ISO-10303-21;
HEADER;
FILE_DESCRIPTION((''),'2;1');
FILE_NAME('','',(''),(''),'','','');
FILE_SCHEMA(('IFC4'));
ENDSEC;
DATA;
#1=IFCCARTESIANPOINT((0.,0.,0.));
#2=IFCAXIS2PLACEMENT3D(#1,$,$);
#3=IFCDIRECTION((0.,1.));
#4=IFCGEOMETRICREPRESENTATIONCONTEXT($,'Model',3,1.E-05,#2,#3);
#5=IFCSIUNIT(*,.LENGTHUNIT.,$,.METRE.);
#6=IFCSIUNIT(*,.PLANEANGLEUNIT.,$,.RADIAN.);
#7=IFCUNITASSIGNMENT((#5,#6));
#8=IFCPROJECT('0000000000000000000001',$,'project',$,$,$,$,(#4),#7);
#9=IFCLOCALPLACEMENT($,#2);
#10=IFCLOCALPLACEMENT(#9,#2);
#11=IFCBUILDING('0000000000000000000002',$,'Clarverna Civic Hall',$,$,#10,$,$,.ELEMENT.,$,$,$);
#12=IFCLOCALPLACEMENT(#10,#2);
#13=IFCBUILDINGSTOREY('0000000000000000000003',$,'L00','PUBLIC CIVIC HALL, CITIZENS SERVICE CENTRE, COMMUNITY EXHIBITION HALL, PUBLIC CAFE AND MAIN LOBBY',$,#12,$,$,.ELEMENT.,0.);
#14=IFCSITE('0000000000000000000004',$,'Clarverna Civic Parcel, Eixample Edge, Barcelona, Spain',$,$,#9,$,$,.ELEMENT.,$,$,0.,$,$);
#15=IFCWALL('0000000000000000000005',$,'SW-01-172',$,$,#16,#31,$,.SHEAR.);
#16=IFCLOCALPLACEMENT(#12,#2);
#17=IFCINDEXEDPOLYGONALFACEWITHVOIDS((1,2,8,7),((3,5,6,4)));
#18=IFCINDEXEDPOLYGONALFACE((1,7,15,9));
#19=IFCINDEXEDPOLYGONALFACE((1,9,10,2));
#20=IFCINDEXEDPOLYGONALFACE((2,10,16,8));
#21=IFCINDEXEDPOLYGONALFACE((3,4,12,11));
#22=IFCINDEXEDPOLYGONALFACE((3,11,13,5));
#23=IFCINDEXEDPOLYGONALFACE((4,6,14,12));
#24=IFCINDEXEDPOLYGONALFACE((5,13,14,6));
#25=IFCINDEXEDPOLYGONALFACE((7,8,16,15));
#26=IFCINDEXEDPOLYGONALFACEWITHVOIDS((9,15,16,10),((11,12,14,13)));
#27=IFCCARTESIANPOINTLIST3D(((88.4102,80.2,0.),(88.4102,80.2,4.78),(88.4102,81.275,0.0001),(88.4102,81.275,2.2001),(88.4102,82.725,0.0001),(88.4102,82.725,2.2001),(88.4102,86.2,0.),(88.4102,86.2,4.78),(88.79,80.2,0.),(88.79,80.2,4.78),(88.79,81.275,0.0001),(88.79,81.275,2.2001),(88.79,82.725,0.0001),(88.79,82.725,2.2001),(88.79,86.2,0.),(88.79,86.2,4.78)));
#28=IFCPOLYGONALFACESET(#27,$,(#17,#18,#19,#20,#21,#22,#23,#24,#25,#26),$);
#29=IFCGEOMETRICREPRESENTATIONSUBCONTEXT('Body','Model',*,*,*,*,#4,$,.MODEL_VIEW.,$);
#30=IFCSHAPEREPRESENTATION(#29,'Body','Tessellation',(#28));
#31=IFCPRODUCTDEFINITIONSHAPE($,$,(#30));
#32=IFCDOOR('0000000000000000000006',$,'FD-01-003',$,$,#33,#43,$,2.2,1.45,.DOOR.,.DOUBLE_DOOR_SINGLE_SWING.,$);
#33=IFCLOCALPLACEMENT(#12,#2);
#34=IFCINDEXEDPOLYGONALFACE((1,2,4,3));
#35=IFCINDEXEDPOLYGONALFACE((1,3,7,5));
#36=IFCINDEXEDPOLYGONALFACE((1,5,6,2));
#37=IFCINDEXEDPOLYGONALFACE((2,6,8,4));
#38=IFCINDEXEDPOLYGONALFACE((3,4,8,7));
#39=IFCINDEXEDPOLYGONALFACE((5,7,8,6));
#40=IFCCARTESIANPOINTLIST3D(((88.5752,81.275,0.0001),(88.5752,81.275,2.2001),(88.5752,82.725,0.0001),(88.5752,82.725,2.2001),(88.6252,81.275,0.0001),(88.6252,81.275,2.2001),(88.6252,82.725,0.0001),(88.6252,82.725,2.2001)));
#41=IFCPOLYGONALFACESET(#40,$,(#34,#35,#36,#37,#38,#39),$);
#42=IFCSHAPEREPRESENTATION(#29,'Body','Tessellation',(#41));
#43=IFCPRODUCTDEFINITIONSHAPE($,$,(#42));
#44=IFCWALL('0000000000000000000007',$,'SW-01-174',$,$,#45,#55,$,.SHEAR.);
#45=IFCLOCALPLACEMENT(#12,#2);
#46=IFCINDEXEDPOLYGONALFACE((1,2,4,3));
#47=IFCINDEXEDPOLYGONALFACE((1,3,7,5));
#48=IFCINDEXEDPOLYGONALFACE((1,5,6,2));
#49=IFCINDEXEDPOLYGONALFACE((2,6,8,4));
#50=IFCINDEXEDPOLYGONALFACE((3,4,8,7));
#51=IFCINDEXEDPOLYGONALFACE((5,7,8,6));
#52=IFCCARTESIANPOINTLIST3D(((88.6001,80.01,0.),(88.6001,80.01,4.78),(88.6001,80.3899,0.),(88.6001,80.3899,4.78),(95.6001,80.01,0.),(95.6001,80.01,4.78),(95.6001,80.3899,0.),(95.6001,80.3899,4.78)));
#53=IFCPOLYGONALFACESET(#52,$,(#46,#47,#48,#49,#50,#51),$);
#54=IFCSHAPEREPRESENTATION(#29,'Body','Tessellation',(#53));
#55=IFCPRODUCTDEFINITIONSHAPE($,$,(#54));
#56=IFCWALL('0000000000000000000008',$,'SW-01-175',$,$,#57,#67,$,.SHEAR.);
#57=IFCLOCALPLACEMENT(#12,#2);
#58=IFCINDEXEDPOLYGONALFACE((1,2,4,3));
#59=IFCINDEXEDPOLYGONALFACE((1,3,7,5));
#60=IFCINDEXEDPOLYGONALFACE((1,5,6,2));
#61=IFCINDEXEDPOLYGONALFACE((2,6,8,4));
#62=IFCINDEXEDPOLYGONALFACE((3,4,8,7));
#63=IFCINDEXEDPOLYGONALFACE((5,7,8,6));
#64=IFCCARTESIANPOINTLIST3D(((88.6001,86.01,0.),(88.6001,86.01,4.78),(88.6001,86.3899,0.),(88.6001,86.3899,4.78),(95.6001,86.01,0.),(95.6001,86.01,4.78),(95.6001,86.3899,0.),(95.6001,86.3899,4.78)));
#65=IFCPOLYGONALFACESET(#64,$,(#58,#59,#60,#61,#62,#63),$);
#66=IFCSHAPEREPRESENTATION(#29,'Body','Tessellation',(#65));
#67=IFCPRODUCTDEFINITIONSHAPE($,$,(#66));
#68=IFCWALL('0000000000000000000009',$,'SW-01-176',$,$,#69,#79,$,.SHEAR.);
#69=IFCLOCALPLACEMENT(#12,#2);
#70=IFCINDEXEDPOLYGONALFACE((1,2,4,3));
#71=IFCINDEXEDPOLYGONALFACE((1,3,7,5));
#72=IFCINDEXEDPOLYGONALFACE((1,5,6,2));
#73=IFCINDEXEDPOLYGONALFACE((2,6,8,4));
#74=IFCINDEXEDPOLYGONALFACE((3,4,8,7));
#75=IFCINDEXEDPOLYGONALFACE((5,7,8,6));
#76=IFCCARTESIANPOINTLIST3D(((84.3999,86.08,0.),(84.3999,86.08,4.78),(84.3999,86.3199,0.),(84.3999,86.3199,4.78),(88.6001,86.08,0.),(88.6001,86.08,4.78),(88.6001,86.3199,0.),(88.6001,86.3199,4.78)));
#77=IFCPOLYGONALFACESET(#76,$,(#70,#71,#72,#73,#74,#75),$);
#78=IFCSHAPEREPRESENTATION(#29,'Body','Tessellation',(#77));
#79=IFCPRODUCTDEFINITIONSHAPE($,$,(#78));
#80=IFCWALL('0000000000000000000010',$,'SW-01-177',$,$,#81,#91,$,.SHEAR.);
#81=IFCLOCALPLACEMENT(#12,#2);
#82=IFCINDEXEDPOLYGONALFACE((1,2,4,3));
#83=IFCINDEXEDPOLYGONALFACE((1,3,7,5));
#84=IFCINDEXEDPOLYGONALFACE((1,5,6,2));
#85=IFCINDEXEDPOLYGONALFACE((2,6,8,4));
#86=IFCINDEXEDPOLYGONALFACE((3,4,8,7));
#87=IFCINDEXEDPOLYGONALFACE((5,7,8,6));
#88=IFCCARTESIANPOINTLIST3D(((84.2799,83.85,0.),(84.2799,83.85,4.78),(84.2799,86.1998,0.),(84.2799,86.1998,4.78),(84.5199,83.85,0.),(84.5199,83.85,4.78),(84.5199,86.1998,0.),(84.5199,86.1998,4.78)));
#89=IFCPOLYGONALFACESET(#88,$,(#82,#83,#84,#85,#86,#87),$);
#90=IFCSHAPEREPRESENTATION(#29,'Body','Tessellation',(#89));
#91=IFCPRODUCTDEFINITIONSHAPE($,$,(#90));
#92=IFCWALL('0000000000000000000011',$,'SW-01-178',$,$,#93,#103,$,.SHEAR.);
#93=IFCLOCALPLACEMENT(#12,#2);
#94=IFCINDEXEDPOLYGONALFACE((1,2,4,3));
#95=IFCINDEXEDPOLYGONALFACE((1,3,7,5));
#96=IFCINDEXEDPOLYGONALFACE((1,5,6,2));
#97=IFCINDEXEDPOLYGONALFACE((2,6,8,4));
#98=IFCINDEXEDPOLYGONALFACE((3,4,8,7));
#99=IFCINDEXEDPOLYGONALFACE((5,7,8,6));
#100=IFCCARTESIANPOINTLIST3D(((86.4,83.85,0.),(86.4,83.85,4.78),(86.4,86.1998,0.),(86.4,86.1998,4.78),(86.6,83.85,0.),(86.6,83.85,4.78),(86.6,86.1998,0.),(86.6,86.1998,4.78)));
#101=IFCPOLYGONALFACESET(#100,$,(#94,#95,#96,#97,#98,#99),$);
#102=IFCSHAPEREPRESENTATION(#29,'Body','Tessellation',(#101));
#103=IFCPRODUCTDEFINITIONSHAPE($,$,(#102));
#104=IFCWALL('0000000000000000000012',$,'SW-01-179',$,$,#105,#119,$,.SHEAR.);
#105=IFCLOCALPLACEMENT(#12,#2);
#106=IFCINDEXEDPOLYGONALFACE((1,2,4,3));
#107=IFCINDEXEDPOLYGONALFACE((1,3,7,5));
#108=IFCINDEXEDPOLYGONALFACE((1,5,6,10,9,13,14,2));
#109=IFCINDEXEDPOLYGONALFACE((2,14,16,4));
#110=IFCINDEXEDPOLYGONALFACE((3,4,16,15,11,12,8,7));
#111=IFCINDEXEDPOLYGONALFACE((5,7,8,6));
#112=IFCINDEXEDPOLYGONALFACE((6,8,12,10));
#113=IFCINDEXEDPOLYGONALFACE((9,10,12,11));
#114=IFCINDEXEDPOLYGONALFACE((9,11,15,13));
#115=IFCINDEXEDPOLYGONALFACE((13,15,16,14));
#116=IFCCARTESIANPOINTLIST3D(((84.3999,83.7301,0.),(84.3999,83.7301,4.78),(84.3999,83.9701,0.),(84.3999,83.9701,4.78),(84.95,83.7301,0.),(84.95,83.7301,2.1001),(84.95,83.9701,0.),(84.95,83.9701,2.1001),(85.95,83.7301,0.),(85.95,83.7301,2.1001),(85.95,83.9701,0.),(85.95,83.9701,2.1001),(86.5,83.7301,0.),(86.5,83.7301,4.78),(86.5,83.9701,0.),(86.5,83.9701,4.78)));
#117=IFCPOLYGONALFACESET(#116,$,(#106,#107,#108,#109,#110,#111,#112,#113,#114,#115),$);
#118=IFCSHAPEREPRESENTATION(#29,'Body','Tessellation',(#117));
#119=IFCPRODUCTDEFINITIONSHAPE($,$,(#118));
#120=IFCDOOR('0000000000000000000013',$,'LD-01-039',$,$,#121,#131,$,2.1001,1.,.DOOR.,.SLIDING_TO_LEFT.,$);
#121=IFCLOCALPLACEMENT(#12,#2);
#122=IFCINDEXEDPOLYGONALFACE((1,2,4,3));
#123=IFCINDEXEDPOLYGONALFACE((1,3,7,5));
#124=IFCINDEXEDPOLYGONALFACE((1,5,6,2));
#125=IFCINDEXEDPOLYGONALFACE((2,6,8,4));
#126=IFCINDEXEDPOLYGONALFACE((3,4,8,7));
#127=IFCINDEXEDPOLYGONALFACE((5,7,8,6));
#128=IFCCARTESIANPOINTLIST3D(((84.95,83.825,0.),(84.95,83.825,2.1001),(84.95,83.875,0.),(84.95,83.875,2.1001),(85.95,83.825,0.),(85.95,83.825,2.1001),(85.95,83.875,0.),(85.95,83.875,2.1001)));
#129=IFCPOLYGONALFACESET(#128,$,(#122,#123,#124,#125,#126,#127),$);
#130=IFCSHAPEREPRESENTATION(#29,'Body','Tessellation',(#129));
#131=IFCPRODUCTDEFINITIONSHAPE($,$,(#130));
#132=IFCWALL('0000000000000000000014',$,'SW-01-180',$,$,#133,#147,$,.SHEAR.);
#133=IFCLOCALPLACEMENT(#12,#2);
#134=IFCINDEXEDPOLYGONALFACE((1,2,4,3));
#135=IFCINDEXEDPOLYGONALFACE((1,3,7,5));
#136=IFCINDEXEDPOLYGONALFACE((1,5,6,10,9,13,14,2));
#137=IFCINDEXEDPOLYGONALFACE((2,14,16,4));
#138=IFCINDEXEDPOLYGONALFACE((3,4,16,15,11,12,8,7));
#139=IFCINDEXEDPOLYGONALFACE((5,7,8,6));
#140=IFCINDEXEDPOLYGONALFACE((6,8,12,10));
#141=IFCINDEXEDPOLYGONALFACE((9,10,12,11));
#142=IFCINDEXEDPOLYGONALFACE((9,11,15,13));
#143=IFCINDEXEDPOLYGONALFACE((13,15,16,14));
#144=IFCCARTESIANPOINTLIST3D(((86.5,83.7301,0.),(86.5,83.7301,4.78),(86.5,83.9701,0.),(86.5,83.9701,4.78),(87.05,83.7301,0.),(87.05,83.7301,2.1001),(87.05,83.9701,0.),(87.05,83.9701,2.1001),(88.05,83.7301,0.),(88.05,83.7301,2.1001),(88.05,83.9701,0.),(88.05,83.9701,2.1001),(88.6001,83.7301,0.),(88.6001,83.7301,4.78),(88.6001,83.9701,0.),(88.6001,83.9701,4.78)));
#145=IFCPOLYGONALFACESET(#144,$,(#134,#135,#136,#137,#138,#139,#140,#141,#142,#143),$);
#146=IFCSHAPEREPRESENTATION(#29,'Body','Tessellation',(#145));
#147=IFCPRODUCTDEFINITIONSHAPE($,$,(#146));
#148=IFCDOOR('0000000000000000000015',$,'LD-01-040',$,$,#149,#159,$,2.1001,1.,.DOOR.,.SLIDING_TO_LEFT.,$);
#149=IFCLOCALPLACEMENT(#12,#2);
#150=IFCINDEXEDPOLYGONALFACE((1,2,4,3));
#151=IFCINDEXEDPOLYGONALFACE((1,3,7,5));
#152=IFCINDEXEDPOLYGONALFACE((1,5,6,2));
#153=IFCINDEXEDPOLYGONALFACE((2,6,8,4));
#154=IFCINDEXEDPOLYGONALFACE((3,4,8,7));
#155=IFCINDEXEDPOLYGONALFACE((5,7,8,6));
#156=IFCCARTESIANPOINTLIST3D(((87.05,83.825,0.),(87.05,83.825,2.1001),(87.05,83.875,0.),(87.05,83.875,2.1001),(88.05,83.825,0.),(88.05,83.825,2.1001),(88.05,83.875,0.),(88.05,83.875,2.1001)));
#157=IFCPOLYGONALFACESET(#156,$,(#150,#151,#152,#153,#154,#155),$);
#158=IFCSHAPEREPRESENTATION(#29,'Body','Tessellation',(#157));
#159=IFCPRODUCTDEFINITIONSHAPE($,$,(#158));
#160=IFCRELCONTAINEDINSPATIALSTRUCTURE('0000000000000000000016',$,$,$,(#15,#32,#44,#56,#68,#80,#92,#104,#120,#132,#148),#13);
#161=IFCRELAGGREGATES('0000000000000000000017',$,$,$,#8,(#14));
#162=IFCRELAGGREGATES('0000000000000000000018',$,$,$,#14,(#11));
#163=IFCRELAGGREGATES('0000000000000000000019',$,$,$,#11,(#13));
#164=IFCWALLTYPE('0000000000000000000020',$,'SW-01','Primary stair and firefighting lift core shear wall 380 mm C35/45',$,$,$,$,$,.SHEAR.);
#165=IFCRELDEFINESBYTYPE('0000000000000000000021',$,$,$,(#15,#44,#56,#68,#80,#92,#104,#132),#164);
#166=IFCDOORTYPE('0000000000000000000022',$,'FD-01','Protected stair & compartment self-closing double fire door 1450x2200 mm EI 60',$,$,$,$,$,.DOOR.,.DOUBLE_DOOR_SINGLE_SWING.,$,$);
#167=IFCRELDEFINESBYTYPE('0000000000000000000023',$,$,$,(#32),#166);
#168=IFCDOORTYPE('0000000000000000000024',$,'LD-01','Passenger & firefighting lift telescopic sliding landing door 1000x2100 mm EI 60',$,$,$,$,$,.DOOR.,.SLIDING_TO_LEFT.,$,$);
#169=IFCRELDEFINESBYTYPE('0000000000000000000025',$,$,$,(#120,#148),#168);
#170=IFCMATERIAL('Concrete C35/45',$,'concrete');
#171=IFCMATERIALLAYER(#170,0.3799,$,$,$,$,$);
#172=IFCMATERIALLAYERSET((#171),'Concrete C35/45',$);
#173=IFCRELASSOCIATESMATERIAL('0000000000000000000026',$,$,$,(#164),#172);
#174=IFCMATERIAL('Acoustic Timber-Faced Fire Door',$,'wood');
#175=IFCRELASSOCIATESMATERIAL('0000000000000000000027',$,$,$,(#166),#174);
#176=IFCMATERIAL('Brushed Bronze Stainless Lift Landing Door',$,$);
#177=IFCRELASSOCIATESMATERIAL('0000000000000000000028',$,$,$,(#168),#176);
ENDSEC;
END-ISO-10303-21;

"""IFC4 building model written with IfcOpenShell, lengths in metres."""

from ifc_helpers import new_model, si_unit, direction, frame, frame_2d, origin, place, context, subcontext, project, spatial, rectangle, extrude, material, layer, layer_set, type_object, element, fill, save


model = new_model("IFC4")

# Units and contexts
model_context = context("Model", 3, precision=1e-05, world=origin(), true_north=direction((0.0, 1.0)))
body_context = subcontext(model_context, "Body", "Model", "MODEL_VIEW")
ifc_project = project(units=[si_unit("LENGTHUNIT", "METRE"), si_unit("PLANEANGLEUNIT", "RADIAN")], contexts=[model_context])

# Site, building, storey
site_placement = place(None, origin())
site = spatial("IfcSite", under=ifc_project, at=site_placement, Name="Clarverna Civic Parcel, Eixample Edge, Barcelona, Spain", CompositionType="ELEMENT", RefElevation=0.0)
building_placement = place(site_placement, origin())
building = spatial("IfcBuilding", under=site, at=building_placement, Name="Clarverna Civic Hall", CompositionType="ELEMENT")
storey_placement = place(building_placement, origin())
storey = spatial("IfcBuildingStorey", under=building, at=storey_placement, Name="L00", Description="PUBLIC CIVIC HALL, CITIZENS SERVICE CENTRE, COMMUNITY EXHIBITION HALL, PUBLIC CAFE AND MAIN LOBBY", CompositionType="ELEMENT", Elevation=0.0)

# Shared definitions
ifc_material_1 = material(Name="Concrete C35/45", Category="concrete")

# Shared definitions
ifc_material_2 = material(Name="Acoustic Timber-Faced Fire Door", Category="wood")

# Wall, opening, door
ifc_layer_1 = layer(ifc_material_1, 0.3799)
ifc_layer_set_1 = layer_set([ifc_layer_1], Name="Concrete C35/45")
wall_type_1 = type_object("IfcWallType", Name="SW-01", Description="Primary stair and firefighting lift core shear wall 380 mm C35/45", PredefinedType="SHEAR", material=ifc_layer_set_1)
wall_1_placement = place(storey_placement, frame((88.6001, 80.2, 0.0), z_axis=(0.0, 0.0, 1.0), x_axis=(0.0, 1.0, 0.0)))
wall_1 = element("IfcWall", 1, at=wall_1_placement, inside=storey, type_object=wall_type_1, Name="SW-01-172", PredefinedType="SHEAR", context=body_context, shape_type="SweptSolid", body=[
    extrude(rectangle(XDim=6.0, YDim=0.3799, at=frame_2d((3.0, 0.0))), origin(), (0.0, 0.0, 1.0), 4.78),
])
opening_1_placement = place(wall_1_placement, frame((1.075, 0.0, 0.0)))
opening_1 = element("IfcOpeningElement", 2, at=opening_1_placement, cuts=wall_1, PredefinedType="OPENING", context=body_context, shape_type="SweptSolid", body=[
    extrude(rectangle(XDim=1.45, YDim=2.2, at=frame_2d((0.7251, 1.1001))), frame((0.0, 0.2, 0.0), z_axis=(0.0, -1.0, 0.0), x_axis=(1.0, 0.0, 0.0)), (0.0, 0.0, 1.0), 0.3999),
])
door_type_1 = type_object("IfcDoorType", Name="FD-01", Description="Protected stair & compartment self-closing double fire door 1450x2200 mm EI 60", OperationType="DOUBLE_DOOR_SINGLE_SWING", PredefinedType="DOOR", material=ifc_material_2)
door_1_placement = place(opening_1_placement, origin())
door_1 = element("IfcDoor", 3, at=door_1_placement, inside=storey, type_object=door_type_1, Name="FD-01-003", OperationType="DOUBLE_DOOR_SINGLE_SWING", OverallHeight=2.2, OverallWidth=1.45, PredefinedType="DOOR", context=body_context, shape_type="SweptSolid", body=[
    extrude(rectangle(XDim=1.45, YDim=2.2, at=frame_2d((0.7251, 1.1001))), frame((0.0, 0.0249, 0.0), z_axis=(0.0, -1.0, 0.0), x_axis=(1.0, 0.0, 0.0)), (0.0, 0.0, 1.0), 0.05),
])
fill(opening_1, door_1)

# Walls
for number, where, z_axis, x_axis, name in (
    (4, (88.6001, 80.2, 0.0), (0.0, 0.0, 1.0), (1.0, 0.0, 0.0), "SW-01-174"),
    (5, (88.6001, 86.2, 0.0), (0.0, 0.0, 1.0), (1.0, 0.0, 0.0), "SW-01-175"),
):
    element("IfcWall", number, at=place(storey_placement, frame(where, z_axis=z_axis, x_axis=x_axis)), inside=storey, type_object=wall_type_1, Name=name, PredefinedType="SHEAR", context=body_context, shape_type="SweptSolid", body=[
        extrude(rectangle(XDim=7.0, YDim=0.3799, at=frame_2d((3.5, 0.0))), origin(), (0.0, 0.0, 1.0), 4.78),
    ])
wall_2_placement = place(storey_placement, frame((84.3999, 86.2, 0.0), z_axis=(0.0, 0.0, 1.0), x_axis=(1.0, 0.0, 0.0)))
element("IfcWall", 6, at=wall_2_placement, inside=storey, type_object=wall_type_1, Name="SW-01-176", PredefinedType="SHEAR", context=body_context, shape_type="SweptSolid", body=[
    extrude(rectangle(XDim=4.2002, YDim=0.24, at=frame_2d((2.1001, 0.0))), origin(), (0.0, 0.0, 1.0), 4.78),
])
wall_3_placement = place(storey_placement, frame((84.3999, 83.8501, 0.0), z_axis=(0.0, 0.0, 1.0), x_axis=(0.0, 1.0, 0.0)))
element("IfcWall", 7, at=wall_3_placement, inside=storey, type_object=wall_type_1, Name="SW-01-177", PredefinedType="SHEAR", context=body_context, shape_type="SweptSolid", body=[
    extrude(rectangle(XDim=2.3499, YDim=0.24, at=frame_2d((1.1748, 0.0))), origin(), (0.0, 0.0, 1.0), 4.78),
])
wall_4_placement = place(storey_placement, frame((86.5, 83.8501, 0.0), z_axis=(0.0, 0.0, 1.0), x_axis=(0.0, 1.0, 0.0)))
element("IfcWall", 8, at=wall_4_placement, inside=storey, type_object=wall_type_1, Name="SW-01-178", PredefinedType="SHEAR", context=body_context, shape_type="SweptSolid", body=[
    extrude(rectangle(XDim=2.3499, YDim=0.2, at=frame_2d((1.1748, 0.0))), origin(), (0.0, 0.0, 1.0), 4.78),
])

# Walls, openings, doors
wall_5_placement = place(storey_placement, frame((84.3999, 83.8501, 0.0), z_axis=(0.0, 0.0, 1.0), x_axis=(1.0, 0.0, 0.0)))
wall_5 = element("IfcWall", 9, at=wall_5_placement, inside=storey, type_object=wall_type_1, Name="SW-01-179", PredefinedType="SHEAR", context=body_context, shape_type="SweptSolid", body=[
    extrude(rectangle(XDim=2.1001, YDim=0.24, at=frame_2d((1.05, 0.0))), origin(), (0.0, 0.0, 1.0), 4.78),
])
opening_2_placement = place(wall_5_placement, frame((0.55, 0.0, 0.0)))
opening_2 = element("IfcOpeningElement", 10, at=opening_2_placement, cuts=wall_5, PredefinedType="OPENING", context=body_context, shape_type="SweptSolid", body=[
    extrude(rectangle(XDim=1.0, YDim=2.1001, at=frame_2d((0.5, 1.05))), frame((0.0, 0.1299, 0.0), z_axis=(0.0, -1.0, 0.0), x_axis=(1.0, 0.0, 0.0)), (0.0, 0.0, 1.0), 0.26),
])
ifc_material_3 = material(Name="Brushed Bronze Stainless Lift Landing Door")
door_type_2 = type_object("IfcDoorType", Name="LD-01", Description="Passenger & firefighting lift telescopic sliding landing door 1000x2100 mm EI 60", OperationType="SLIDING_TO_LEFT", PredefinedType="DOOR", material=ifc_material_3)
door_2_placement = place(opening_2_placement, origin())
door_2 = element("IfcDoor", 11, at=door_2_placement, inside=storey, type_object=door_type_2, Name="LD-01-039", OperationType="SLIDING_TO_LEFT", OverallHeight=2.1001, OverallWidth=1.0, PredefinedType="DOOR", context=body_context, shape_type="SweptSolid", body=[
    extrude(rectangle(XDim=1.0, YDim=2.1001, at=frame_2d((0.5, 1.05))), frame((0.0, 0.0249, 0.0), z_axis=(0.0, -1.0, 0.0), x_axis=(1.0, 0.0, 0.0)), (0.0, 0.0, 1.0), 0.05),
])
fill(opening_2, door_2)
wall_6_placement = place(storey_placement, frame((86.5, 83.8501, 0.0), z_axis=(0.0, 0.0, 1.0), x_axis=(1.0, 0.0, 0.0)))
wall_6 = element("IfcWall", 12, at=wall_6_placement, inside=storey, type_object=wall_type_1, Name="SW-01-180", PredefinedType="SHEAR", context=body_context, shape_type="SweptSolid", body=[
    extrude(rectangle(XDim=2.1001, YDim=0.24, at=frame_2d((1.05, 0.0))), origin(), (0.0, 0.0, 1.0), 4.78),
])
opening_3_placement = place(wall_6_placement, frame((0.55, 0.0, 0.0)))
opening_3 = element("IfcOpeningElement", 13, at=opening_3_placement, cuts=wall_6, PredefinedType="OPENING", context=body_context, shape_type="SweptSolid", body=[
    extrude(rectangle(XDim=1.0, YDim=2.1001, at=frame_2d((0.5, 1.05))), frame((0.0, 0.1299, 0.0), z_axis=(0.0, -1.0, 0.0), x_axis=(1.0, 0.0, 0.0)), (0.0, 0.0, 1.0), 0.26),
])
door_3_placement = place(opening_3_placement, origin())
door_3 = element("IfcDoor", 14, at=door_3_placement, inside=storey, type_object=door_type_2, Name="LD-01-040", OperationType="SLIDING_TO_LEFT", OverallHeight=2.1001, OverallWidth=1.0, PredefinedType="DOOR", context=body_context, shape_type="SweptSolid", body=[
    extrude(rectangle(XDim=1.0, YDim=2.1001, at=frame_2d((0.5, 1.05))), frame((0.0, 0.0249, 0.0), z_axis=(0.0, -1.0, 0.0), x_axis=(1.0, 0.0, 0.0)), (0.0, 0.0, 1.0), 0.05),
])
fill(opening_3, door_3)

save(model, "model.ifc")
